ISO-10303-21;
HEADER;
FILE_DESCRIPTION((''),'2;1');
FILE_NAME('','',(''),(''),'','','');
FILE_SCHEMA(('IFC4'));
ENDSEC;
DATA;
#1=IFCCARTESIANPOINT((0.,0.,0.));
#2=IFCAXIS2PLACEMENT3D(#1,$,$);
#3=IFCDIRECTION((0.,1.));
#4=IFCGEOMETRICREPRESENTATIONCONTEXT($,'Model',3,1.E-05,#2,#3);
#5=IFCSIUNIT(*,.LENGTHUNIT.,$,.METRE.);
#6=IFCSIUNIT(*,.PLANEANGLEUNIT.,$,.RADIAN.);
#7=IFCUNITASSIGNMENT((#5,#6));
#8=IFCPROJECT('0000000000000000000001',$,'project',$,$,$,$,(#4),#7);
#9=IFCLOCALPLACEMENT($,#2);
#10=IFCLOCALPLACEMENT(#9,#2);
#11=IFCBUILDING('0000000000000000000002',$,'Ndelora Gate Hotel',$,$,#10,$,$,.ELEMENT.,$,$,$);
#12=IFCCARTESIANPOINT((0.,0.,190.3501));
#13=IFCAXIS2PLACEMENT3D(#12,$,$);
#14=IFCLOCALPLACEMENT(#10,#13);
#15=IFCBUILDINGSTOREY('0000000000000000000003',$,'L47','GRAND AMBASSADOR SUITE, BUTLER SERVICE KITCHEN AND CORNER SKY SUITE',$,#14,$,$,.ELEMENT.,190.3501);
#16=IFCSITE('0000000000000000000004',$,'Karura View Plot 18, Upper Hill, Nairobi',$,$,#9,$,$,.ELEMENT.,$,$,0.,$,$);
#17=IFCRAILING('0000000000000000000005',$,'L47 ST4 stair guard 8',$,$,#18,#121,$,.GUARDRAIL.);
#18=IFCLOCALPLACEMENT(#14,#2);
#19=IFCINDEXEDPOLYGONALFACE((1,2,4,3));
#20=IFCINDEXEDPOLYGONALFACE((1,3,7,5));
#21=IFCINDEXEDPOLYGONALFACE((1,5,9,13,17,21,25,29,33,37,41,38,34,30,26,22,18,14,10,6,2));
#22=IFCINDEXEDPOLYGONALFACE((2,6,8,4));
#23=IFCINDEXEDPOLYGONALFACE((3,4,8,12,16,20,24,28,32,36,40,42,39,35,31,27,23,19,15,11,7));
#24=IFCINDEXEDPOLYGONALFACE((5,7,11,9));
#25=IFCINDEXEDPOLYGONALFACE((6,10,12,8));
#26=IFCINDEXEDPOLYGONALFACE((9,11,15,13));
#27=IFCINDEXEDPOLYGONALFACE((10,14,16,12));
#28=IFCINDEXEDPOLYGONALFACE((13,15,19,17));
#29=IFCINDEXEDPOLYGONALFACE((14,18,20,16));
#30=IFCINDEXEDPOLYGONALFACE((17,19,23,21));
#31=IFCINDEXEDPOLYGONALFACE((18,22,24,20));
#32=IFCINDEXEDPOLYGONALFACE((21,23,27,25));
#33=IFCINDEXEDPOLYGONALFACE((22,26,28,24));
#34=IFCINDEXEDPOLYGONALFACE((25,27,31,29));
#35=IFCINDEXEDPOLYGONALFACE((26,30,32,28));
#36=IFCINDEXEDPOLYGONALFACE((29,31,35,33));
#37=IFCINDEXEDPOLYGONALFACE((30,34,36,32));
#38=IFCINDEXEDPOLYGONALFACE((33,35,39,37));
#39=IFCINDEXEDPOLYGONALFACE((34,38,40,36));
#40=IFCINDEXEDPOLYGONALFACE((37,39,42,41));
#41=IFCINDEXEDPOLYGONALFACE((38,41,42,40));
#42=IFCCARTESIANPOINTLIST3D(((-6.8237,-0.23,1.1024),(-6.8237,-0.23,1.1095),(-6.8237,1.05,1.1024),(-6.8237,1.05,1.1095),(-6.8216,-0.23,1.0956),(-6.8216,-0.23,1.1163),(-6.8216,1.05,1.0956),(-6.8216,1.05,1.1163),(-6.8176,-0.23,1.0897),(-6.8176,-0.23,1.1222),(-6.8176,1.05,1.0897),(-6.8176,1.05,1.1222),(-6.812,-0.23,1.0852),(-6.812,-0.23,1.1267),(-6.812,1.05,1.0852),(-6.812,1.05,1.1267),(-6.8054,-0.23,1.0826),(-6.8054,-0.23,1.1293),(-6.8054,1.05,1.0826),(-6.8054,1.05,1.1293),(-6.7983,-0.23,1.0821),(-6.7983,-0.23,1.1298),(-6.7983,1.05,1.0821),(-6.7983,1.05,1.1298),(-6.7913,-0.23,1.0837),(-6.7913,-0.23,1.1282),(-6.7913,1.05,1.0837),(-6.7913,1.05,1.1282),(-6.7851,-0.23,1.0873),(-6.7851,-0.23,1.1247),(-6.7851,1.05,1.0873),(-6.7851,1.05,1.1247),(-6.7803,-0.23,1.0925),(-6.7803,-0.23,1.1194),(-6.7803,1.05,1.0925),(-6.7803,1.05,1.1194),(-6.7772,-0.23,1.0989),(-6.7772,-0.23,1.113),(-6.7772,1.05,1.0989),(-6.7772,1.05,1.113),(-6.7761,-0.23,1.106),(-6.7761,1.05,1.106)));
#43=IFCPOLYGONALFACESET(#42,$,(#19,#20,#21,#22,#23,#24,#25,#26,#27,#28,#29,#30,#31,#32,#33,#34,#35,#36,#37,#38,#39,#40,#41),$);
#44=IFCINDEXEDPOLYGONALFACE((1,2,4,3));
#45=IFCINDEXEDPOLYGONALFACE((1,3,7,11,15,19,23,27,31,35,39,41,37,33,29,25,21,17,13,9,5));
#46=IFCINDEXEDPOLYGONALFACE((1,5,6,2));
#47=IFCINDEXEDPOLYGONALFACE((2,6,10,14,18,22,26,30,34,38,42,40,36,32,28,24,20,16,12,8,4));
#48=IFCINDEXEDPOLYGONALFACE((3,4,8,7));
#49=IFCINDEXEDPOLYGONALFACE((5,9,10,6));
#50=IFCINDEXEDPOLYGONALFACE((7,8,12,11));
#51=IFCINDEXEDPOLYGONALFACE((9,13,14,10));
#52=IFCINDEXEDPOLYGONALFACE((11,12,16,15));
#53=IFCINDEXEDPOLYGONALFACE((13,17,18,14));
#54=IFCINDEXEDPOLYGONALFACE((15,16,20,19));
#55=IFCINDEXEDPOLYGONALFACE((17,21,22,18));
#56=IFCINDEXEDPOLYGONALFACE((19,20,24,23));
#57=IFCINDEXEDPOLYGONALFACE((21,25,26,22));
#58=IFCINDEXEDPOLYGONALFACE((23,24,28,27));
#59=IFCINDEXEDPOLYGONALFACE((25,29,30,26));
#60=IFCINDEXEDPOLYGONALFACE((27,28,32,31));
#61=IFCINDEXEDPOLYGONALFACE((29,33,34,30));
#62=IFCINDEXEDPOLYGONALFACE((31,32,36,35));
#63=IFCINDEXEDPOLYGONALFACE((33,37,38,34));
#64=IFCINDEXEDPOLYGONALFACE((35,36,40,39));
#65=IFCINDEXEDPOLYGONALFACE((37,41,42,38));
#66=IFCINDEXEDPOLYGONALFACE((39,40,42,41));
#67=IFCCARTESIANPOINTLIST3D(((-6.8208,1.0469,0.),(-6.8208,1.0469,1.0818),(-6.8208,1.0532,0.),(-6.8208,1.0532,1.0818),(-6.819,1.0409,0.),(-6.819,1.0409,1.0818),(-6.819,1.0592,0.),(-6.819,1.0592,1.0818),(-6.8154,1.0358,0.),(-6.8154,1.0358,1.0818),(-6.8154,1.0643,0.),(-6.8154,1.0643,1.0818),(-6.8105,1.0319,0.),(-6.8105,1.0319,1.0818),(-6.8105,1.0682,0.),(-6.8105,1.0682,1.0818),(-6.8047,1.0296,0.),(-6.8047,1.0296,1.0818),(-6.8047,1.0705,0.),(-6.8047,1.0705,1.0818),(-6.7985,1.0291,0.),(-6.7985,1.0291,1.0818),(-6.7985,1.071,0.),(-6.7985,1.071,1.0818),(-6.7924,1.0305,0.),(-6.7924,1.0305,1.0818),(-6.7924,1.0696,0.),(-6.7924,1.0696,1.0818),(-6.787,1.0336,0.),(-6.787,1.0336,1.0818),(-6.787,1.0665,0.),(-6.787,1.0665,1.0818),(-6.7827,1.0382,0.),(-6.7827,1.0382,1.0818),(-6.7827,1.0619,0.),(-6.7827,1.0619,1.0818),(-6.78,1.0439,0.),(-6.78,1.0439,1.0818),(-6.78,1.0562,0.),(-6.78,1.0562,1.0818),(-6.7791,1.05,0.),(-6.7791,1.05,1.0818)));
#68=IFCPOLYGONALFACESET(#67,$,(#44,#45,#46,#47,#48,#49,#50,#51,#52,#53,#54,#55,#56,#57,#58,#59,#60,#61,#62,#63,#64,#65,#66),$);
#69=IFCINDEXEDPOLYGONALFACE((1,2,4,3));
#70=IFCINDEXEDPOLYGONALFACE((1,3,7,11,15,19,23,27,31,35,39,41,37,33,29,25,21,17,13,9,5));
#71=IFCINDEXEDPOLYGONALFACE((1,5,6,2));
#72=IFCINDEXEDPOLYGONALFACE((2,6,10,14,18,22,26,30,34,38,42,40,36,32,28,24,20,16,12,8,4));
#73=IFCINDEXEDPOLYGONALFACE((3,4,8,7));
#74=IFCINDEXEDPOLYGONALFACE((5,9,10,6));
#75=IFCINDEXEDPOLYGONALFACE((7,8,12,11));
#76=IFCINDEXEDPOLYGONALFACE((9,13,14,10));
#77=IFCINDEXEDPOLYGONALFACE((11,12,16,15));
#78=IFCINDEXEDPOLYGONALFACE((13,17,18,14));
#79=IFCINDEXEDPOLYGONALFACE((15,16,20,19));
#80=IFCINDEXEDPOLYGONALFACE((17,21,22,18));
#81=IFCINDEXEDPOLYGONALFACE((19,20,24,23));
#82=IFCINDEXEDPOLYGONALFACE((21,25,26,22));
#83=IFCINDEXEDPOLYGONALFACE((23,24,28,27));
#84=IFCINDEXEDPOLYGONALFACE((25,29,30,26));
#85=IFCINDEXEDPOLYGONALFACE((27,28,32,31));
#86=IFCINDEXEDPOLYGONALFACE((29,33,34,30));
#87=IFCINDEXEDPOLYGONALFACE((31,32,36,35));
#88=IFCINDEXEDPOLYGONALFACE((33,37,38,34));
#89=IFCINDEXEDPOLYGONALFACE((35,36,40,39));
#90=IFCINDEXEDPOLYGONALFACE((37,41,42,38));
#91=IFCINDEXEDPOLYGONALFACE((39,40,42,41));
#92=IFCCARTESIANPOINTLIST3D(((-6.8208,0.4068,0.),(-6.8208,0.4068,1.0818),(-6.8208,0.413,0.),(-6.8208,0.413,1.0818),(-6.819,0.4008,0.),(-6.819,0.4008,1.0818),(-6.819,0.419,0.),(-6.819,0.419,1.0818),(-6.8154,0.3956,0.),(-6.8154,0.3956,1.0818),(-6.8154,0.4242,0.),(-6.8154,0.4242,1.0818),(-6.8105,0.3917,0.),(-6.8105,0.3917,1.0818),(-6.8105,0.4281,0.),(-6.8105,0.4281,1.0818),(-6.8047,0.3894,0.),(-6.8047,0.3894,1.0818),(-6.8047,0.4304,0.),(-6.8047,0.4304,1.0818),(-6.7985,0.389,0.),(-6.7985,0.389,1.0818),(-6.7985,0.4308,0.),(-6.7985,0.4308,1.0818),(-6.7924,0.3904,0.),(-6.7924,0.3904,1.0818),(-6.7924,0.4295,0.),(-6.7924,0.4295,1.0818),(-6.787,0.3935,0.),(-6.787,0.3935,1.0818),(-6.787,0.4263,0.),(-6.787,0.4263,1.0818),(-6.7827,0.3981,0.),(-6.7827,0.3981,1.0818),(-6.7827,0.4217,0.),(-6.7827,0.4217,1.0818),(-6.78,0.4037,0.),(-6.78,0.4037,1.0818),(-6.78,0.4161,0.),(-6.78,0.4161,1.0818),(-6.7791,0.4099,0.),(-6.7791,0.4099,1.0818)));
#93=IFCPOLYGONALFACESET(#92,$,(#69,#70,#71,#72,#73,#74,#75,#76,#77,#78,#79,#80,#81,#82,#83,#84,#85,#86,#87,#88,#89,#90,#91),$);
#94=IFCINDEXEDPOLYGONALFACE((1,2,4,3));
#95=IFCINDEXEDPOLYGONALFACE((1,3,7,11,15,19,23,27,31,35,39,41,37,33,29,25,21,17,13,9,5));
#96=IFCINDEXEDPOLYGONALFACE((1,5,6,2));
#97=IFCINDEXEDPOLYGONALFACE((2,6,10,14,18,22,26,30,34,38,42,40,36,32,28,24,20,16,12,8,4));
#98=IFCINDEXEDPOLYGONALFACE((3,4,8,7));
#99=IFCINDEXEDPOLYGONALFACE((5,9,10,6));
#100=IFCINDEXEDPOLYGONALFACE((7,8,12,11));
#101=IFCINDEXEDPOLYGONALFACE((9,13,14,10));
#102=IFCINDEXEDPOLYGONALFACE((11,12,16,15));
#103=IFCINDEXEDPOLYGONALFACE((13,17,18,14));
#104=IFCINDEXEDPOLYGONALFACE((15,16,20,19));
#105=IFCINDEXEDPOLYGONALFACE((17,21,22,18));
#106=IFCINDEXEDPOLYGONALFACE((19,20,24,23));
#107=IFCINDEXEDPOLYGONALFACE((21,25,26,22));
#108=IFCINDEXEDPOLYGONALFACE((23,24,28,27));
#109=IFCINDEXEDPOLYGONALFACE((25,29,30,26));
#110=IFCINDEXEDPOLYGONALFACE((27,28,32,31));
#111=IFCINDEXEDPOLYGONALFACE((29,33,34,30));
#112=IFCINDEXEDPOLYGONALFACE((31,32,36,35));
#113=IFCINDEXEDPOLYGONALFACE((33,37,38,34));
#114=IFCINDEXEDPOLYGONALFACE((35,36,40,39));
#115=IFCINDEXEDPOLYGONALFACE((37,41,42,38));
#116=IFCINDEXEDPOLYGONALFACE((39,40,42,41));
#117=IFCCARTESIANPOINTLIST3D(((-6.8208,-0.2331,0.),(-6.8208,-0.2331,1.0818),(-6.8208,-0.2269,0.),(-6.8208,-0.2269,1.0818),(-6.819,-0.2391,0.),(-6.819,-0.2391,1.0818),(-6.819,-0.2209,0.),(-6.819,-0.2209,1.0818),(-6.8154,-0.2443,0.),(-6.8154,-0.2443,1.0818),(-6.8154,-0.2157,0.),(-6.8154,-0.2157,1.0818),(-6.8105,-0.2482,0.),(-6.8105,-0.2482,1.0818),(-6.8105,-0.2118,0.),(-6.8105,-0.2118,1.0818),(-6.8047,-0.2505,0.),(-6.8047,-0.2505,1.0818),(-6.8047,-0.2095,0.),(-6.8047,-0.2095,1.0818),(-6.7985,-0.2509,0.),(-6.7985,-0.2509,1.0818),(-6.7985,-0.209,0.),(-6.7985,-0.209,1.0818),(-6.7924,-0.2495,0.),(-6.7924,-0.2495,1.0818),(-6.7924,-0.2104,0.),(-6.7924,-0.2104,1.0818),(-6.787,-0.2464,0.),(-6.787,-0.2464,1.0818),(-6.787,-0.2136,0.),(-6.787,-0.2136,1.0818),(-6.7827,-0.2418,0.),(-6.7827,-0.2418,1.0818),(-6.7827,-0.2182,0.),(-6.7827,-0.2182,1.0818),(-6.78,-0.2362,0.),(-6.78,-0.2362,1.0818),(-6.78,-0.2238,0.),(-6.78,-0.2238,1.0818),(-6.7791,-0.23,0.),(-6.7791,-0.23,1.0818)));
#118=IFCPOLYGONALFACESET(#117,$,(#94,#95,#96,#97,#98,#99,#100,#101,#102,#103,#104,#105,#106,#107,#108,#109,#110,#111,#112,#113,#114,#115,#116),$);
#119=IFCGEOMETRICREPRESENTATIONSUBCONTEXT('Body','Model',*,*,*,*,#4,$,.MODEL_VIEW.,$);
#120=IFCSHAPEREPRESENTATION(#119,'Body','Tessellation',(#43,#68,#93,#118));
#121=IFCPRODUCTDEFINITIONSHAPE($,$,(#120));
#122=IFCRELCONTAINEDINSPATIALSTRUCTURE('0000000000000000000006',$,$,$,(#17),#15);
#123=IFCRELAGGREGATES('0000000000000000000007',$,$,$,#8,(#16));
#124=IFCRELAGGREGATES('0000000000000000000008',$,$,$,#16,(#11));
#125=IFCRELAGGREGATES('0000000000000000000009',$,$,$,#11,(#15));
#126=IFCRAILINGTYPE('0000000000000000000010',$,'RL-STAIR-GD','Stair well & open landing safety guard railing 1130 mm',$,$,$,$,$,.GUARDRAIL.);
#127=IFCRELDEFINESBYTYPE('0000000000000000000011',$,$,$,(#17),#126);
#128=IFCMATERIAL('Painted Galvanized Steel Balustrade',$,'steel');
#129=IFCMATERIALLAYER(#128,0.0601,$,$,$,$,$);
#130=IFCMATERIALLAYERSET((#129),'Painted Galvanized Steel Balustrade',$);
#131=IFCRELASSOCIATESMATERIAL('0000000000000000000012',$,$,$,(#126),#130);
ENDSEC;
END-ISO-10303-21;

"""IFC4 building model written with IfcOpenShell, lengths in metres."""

from ifc_helpers import new_model, si_unit, direction, frame, origin, origin_2d, place, context, subcontext, project, spatial, circle, extrude, material, layer, layer_set, type_object, element, save


model = new_model("IFC4")

# Units and contexts
model_context = context("Model", 3, precision=1e-05, world=origin(), true_north=direction((0.0, 1.0)))
body_context = subcontext(model_context, "Body", "Model", "MODEL_VIEW")
ifc_project = project(units=[si_unit("LENGTHUNIT", "METRE"), si_unit("PLANEANGLEUNIT", "RADIAN")], contexts=[model_context])

# Site, building, storey
site_placement = place(None, origin())
site = spatial("IfcSite", under=ifc_project, at=site_placement, Name="Karura View Plot 18, Upper Hill, Nairobi", CompositionType="ELEMENT", RefElevation=0.0)
building_placement = place(site_placement, origin())
building = spatial("IfcBuilding", under=site, at=building_placement, Name="Ndelora Gate Hotel", CompositionType="ELEMENT")
storey_placement = place(building_placement, frame((0.0, 0.0, 190.3501)))
storey = spatial("IfcBuildingStorey", under=building, at=storey_placement, Name="L47", Description="GRAND AMBASSADOR SUITE, BUTLER SERVICE KITCHEN AND CORNER SKY SUITE", CompositionType="ELEMENT", Elevation=190.3501)

# Railing
ifc_material_1 = material(Name="Painted Galvanized Steel Balustrade", Category="steel")
ifc_layer_1 = layer(ifc_material_1, 0.0601)
ifc_layer_set_1 = layer_set([ifc_layer_1], Name="Painted Galvanized Steel Balustrade")
railing_type = type_object("IfcRailingType", Name="RL-STAIR-GD", Description="Stair well & open landing safety guard railing 1130 mm", PredefinedType="GUARDRAIL", material=ifc_layer_set_1)
for number, where, name in (
    (1, (-6.8, 1.05, 0.0), "L47 ST4 stair guard 8"),
):
    element("IfcRailing", number, at=place(storey_placement, frame(where)), inside=storey, type_object=railing_type, Name=name, PredefinedType="GUARDRAIL", context=body_context, shape_type="SweptSolid", body=[
        extrude(circle(Radius=0.0239, at=origin_2d()), frame((0.0, 0.0, 1.106), z_axis=(0.0, -1.0, 0.0), x_axis=(1.0, 0.0, 0.0)), (0.0, 0.0, 1.0), 1.28),
        extrude(circle(Radius=0.021, at=origin_2d()), origin(), (0.0, 0.0, 1.0), 1.0818),
        extrude(circle(Radius=0.021, at=origin_2d()), frame((0.0, -0.6401, 0.0)), (0.0, 0.0, 1.0), 1.0818),
        extrude(circle(Radius=0.021, at=origin_2d()), frame((0.0, -1.28, 0.0)), (0.0, 0.0, 1.0), 1.0818),
    ])

save(model, "model.ifc")
